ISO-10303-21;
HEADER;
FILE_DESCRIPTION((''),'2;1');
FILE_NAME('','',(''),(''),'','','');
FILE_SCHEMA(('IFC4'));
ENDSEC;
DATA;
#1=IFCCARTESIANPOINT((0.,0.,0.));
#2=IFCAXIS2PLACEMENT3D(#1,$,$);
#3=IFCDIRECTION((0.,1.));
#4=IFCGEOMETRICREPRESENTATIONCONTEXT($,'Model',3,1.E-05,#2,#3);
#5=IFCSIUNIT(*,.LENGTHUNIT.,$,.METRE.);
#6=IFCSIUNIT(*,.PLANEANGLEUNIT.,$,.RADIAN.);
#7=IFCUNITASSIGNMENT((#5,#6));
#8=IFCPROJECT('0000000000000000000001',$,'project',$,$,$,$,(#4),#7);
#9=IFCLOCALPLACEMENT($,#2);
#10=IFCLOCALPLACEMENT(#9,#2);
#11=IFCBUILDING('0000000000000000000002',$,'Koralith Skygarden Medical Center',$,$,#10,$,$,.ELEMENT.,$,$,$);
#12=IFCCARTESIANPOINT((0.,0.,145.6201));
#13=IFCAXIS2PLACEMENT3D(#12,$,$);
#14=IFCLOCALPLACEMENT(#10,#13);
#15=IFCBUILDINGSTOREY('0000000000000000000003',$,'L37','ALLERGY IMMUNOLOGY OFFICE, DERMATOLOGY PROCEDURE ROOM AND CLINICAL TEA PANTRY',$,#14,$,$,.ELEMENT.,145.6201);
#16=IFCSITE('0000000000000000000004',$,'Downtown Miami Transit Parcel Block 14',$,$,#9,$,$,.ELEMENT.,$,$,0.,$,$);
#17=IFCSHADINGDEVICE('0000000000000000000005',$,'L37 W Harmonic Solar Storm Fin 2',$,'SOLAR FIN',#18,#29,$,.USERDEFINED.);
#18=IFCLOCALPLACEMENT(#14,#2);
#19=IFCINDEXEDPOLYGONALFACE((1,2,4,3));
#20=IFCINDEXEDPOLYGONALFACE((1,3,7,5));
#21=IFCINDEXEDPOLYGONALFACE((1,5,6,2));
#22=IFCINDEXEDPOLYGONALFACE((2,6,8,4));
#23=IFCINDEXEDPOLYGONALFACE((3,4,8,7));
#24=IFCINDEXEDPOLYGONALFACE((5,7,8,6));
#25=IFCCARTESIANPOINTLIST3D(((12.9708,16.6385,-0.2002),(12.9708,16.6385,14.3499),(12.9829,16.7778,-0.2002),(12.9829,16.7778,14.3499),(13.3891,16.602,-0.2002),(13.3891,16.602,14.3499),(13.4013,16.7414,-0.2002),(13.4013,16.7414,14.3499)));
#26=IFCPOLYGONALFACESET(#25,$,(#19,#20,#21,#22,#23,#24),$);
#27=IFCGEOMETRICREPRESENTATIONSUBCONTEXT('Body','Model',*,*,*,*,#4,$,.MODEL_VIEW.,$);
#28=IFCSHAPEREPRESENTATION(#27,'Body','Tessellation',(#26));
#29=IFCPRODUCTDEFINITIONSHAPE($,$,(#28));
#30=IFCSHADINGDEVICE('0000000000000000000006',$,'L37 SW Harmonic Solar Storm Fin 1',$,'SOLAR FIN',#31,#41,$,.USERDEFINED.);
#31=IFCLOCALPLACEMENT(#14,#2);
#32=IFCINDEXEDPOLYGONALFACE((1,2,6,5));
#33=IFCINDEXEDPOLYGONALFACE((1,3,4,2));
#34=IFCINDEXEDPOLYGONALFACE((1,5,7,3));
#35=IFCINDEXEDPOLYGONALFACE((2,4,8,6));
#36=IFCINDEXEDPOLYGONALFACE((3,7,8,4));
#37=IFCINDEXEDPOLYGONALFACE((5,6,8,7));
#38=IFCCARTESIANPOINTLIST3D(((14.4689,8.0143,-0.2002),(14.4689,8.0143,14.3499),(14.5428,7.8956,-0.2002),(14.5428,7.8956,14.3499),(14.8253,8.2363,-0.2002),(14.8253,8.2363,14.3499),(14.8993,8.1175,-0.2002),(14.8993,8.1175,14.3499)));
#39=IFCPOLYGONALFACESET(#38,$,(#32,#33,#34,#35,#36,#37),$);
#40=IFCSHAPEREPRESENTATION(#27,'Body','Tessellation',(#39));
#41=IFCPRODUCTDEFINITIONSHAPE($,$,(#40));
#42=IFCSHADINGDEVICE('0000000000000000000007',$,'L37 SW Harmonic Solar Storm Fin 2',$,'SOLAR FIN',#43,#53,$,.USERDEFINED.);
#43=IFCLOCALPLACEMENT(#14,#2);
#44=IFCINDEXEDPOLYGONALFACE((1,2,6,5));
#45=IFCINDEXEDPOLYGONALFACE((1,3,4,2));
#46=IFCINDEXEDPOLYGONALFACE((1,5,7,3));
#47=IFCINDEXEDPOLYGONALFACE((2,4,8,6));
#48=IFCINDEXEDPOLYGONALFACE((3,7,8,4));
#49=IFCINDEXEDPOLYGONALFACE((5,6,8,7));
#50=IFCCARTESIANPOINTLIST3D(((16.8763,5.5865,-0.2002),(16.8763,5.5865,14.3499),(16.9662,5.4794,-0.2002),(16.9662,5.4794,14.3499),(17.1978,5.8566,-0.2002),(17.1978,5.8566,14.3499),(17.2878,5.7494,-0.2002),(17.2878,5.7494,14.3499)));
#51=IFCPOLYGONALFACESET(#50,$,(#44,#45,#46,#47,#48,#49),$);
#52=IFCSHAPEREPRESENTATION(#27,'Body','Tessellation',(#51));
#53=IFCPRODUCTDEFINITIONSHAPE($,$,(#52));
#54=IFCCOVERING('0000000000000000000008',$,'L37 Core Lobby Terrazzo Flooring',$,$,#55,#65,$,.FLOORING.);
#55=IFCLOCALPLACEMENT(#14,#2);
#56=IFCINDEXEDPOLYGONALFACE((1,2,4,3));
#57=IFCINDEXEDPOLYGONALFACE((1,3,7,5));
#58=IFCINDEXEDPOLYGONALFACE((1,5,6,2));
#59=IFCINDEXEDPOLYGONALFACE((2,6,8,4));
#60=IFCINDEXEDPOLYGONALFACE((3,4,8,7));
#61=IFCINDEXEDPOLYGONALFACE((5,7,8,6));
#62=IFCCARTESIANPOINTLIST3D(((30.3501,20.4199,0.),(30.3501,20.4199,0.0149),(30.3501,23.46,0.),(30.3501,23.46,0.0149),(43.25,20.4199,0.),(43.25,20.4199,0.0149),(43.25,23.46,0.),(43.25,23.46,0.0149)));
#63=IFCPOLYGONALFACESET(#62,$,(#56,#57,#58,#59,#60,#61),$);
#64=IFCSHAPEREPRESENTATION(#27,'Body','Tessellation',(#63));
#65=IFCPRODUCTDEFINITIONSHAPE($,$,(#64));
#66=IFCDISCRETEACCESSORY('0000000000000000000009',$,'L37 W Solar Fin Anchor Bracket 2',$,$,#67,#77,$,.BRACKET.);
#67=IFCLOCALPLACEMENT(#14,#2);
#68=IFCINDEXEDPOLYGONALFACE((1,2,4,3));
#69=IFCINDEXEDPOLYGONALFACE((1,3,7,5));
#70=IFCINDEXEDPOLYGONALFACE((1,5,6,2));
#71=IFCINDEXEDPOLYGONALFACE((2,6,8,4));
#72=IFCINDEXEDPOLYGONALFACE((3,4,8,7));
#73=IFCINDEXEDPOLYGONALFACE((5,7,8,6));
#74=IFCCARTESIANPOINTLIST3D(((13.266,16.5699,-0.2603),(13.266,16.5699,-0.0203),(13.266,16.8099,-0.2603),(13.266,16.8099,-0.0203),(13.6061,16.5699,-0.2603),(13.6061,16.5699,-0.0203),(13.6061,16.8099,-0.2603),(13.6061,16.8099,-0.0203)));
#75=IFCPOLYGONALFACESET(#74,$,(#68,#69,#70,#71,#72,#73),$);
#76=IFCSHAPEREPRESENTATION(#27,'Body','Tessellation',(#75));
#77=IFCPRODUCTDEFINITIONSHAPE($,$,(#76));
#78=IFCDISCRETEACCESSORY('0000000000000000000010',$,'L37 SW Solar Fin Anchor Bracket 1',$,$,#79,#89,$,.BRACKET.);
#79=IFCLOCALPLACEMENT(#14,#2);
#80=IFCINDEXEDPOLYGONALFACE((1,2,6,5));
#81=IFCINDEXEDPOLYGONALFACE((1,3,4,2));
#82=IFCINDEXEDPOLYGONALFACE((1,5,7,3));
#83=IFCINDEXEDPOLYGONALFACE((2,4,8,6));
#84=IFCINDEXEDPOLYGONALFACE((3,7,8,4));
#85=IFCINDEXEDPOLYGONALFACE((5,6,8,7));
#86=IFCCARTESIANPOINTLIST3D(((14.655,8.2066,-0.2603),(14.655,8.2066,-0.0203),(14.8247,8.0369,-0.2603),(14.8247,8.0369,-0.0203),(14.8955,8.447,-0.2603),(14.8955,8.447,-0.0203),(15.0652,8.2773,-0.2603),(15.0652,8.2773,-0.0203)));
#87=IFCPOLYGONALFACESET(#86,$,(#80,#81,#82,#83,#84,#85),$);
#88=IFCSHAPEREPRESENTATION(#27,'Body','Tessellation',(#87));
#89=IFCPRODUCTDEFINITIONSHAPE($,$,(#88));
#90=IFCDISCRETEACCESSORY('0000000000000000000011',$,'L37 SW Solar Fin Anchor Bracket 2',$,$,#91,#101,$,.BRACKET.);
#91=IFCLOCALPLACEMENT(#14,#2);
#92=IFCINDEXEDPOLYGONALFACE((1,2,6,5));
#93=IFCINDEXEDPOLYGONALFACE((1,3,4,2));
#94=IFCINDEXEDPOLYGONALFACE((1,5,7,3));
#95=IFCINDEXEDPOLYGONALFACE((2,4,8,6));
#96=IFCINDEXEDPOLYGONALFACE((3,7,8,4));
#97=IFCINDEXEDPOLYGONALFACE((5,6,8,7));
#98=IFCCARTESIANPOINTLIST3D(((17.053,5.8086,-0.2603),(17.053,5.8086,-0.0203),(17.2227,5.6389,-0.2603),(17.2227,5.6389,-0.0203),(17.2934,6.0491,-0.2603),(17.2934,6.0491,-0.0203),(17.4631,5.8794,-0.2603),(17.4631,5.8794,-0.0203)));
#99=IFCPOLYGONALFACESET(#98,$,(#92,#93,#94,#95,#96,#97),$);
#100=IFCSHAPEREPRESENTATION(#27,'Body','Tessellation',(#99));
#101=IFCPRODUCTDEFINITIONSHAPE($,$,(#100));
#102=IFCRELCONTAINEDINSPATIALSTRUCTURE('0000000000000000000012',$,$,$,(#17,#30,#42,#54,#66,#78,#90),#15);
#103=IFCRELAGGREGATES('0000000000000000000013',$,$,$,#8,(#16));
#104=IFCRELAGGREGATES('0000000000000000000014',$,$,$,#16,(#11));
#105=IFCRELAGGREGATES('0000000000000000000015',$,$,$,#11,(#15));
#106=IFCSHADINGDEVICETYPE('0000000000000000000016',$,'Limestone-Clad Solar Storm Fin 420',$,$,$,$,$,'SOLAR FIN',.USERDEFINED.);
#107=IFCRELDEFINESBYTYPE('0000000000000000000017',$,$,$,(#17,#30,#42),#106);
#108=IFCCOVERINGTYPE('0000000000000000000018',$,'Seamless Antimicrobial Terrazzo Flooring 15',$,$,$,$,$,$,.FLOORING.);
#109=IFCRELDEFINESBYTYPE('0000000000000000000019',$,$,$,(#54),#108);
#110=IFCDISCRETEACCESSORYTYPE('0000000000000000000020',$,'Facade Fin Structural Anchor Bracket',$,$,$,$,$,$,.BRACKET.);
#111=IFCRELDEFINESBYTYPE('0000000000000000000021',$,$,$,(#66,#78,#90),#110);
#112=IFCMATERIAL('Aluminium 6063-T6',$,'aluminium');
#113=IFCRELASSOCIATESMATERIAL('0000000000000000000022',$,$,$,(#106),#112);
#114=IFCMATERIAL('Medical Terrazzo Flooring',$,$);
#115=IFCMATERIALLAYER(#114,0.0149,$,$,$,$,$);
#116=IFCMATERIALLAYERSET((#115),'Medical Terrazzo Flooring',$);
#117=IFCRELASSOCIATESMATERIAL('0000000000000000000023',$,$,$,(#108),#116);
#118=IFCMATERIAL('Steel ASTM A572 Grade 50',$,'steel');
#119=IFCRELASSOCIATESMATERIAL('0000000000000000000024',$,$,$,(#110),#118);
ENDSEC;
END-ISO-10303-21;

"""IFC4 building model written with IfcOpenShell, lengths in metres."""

from ifc_helpers import new_model, si_unit, direction, frame, origin, origin_2d, place, context, subcontext, project, spatial, polyline, rectangle, outline, extrude, material, layer, layer_set, type_object, element, save


model = new_model("IFC4")

# Units and contexts
model_context = context("Model", 3, precision=1e-05, world=origin(), true_north=direction((0.0, 1.0)))
body_context = subcontext(model_context, "Body", "Model", "MODEL_VIEW")
ifc_project = project(units=[si_unit("LENGTHUNIT", "METRE"), si_unit("PLANEANGLEUNIT", "RADIAN")], contexts=[model_context])

# Site, building, storey
site_placement = place(None, origin())
site = spatial("IfcSite", under=ifc_project, at=site_placement, Name="Downtown Miami Transit Parcel Block 14", CompositionType="ELEMENT", RefElevation=0.0)
building_placement = place(site_placement, origin())
building = spatial("IfcBuilding", under=site, at=building_placement, Name="Koralith Skygarden Medical Center", CompositionType="ELEMENT")
storey_placement = place(building_placement, frame((0.0, 0.0, 145.6201)))
storey = spatial("IfcBuildingStorey", under=building, at=storey_placement, Name="L37", Description="ALLERGY IMMUNOLOGY OFFICE, DERMATOLOGY PROCEDURE ROOM AND CLINICAL TEA PANTRY", CompositionType="ELEMENT", Elevation=145.6201)

# Shared definitions
ifc_material_1 = material(Name="Aluminium 6063-T6", Category="aluminium")

# Shading devices
shading_device_type = type_object("IfcShadingDeviceType", Name="Limestone-Clad Solar Storm Fin 420", ElementType="SOLAR FIN", PredefinedType="USERDEFINED", material=ifc_material_1)
for number, where, z_axis, x_axis, name in (
    (1, (13.186, 16.6899, -0.2002), (0.0, 0.0, 1.0), (-0.99623, 0.086756, 0.0), "L37 W Harmonic Solar Storm Fin 2"),
    (2, (14.6841, 8.0659, -0.2002), (0.0, 0.0, 1.0), (-0.84887, -0.528601, 0.0), "L37 SW Harmonic Solar Storm Fin 1"),
    (3, (17.082, 5.668, -0.2002), (0.0, 0.0, 1.0), (-0.765786, -0.643095, 0.0), "L37 SW Harmonic Solar Storm Fin 2"),
):
    element("IfcShadingDevice", number, at=place(storey_placement, frame(where, z_axis=z_axis, x_axis=x_axis)), inside=storey, type_object=shading_device_type, Name=name, ObjectType="SOLAR FIN", PredefinedType="USERDEFINED", context=body_context, shape_type="SweptSolid", body=[
        extrude(rectangle(XDim=0.4199, YDim=0.1399, at=origin_2d()), origin(), (0.0, 0.0, 1.0), 14.55),
    ])

# Covering
ifc_material_2 = material(Name="Medical Terrazzo Flooring")
ifc_layer_1 = layer(ifc_material_2, 0.0149)
ifc_layer_set_1 = layer_set([ifc_layer_1], Name="Medical Terrazzo Flooring")
covering_type_1 = type_object("IfcCoveringType", Name="Seamless Antimicrobial Terrazzo Flooring 15", PredefinedType="FLOORING", material=ifc_layer_set_1)
covering_1_placement = place(storey_placement, origin())
element("IfcCovering", 4, at=covering_1_placement, inside=storey, type_object=covering_type_1, Name="L37 Core Lobby Terrazzo Flooring", PredefinedType="FLOORING", context=body_context, shape_type="SweptSolid", body=[
    extrude(outline(polyline([(30.3501, 20.4199), (43.25, 20.4199), (43.25, 23.46), (30.3501, 23.46), (30.3501, 20.4199)])), origin(), (0.0, 0.0, 1.0), 0.0149),
])

# Discrete accessories
ifc_material_3 = material(Name="Steel ASTM A572 Grade 50", Category="steel")
discrete_accessory_type = type_object("IfcDiscreteAccessoryType", Name="Facade Fin Structural Anchor Bracket", PredefinedType="BRACKET", material=ifc_material_3)
for number, where, z_axis, x_axis, name in (
    (5, (13.436, 16.6899, -0.2603), (0.0, 0.0, 1.0), (-1.0, 0.0, 0.0), "L37 W Solar Fin Anchor Bracket 2"),
    (6, (14.8601, 8.2419, -0.2603), (0.0, 0.0, 1.0), (-0.707107, -0.707107, 0.0), "L37 SW Solar Fin Anchor Bracket 1"),
    (7, (17.2581, 5.844, -0.2603), (0.0, 0.0, 1.0), (-0.707107, -0.707107, 0.0), "L37 SW Solar Fin Anchor Bracket 2"),
):
    element("IfcDiscreteAccessory", number, at=place(storey_placement, frame(where, z_axis=z_axis, x_axis=x_axis)), inside=storey, type_object=discrete_accessory_type, Name=name, PredefinedType="BRACKET", context=body_context, shape_type="SweptSolid", body=[
        extrude(rectangle(XDim=0.3401, YDim=0.24, at=origin_2d()), origin(), (0.0, 0.0, 1.0), 0.24),
    ])

save(model, "model.ifc")
